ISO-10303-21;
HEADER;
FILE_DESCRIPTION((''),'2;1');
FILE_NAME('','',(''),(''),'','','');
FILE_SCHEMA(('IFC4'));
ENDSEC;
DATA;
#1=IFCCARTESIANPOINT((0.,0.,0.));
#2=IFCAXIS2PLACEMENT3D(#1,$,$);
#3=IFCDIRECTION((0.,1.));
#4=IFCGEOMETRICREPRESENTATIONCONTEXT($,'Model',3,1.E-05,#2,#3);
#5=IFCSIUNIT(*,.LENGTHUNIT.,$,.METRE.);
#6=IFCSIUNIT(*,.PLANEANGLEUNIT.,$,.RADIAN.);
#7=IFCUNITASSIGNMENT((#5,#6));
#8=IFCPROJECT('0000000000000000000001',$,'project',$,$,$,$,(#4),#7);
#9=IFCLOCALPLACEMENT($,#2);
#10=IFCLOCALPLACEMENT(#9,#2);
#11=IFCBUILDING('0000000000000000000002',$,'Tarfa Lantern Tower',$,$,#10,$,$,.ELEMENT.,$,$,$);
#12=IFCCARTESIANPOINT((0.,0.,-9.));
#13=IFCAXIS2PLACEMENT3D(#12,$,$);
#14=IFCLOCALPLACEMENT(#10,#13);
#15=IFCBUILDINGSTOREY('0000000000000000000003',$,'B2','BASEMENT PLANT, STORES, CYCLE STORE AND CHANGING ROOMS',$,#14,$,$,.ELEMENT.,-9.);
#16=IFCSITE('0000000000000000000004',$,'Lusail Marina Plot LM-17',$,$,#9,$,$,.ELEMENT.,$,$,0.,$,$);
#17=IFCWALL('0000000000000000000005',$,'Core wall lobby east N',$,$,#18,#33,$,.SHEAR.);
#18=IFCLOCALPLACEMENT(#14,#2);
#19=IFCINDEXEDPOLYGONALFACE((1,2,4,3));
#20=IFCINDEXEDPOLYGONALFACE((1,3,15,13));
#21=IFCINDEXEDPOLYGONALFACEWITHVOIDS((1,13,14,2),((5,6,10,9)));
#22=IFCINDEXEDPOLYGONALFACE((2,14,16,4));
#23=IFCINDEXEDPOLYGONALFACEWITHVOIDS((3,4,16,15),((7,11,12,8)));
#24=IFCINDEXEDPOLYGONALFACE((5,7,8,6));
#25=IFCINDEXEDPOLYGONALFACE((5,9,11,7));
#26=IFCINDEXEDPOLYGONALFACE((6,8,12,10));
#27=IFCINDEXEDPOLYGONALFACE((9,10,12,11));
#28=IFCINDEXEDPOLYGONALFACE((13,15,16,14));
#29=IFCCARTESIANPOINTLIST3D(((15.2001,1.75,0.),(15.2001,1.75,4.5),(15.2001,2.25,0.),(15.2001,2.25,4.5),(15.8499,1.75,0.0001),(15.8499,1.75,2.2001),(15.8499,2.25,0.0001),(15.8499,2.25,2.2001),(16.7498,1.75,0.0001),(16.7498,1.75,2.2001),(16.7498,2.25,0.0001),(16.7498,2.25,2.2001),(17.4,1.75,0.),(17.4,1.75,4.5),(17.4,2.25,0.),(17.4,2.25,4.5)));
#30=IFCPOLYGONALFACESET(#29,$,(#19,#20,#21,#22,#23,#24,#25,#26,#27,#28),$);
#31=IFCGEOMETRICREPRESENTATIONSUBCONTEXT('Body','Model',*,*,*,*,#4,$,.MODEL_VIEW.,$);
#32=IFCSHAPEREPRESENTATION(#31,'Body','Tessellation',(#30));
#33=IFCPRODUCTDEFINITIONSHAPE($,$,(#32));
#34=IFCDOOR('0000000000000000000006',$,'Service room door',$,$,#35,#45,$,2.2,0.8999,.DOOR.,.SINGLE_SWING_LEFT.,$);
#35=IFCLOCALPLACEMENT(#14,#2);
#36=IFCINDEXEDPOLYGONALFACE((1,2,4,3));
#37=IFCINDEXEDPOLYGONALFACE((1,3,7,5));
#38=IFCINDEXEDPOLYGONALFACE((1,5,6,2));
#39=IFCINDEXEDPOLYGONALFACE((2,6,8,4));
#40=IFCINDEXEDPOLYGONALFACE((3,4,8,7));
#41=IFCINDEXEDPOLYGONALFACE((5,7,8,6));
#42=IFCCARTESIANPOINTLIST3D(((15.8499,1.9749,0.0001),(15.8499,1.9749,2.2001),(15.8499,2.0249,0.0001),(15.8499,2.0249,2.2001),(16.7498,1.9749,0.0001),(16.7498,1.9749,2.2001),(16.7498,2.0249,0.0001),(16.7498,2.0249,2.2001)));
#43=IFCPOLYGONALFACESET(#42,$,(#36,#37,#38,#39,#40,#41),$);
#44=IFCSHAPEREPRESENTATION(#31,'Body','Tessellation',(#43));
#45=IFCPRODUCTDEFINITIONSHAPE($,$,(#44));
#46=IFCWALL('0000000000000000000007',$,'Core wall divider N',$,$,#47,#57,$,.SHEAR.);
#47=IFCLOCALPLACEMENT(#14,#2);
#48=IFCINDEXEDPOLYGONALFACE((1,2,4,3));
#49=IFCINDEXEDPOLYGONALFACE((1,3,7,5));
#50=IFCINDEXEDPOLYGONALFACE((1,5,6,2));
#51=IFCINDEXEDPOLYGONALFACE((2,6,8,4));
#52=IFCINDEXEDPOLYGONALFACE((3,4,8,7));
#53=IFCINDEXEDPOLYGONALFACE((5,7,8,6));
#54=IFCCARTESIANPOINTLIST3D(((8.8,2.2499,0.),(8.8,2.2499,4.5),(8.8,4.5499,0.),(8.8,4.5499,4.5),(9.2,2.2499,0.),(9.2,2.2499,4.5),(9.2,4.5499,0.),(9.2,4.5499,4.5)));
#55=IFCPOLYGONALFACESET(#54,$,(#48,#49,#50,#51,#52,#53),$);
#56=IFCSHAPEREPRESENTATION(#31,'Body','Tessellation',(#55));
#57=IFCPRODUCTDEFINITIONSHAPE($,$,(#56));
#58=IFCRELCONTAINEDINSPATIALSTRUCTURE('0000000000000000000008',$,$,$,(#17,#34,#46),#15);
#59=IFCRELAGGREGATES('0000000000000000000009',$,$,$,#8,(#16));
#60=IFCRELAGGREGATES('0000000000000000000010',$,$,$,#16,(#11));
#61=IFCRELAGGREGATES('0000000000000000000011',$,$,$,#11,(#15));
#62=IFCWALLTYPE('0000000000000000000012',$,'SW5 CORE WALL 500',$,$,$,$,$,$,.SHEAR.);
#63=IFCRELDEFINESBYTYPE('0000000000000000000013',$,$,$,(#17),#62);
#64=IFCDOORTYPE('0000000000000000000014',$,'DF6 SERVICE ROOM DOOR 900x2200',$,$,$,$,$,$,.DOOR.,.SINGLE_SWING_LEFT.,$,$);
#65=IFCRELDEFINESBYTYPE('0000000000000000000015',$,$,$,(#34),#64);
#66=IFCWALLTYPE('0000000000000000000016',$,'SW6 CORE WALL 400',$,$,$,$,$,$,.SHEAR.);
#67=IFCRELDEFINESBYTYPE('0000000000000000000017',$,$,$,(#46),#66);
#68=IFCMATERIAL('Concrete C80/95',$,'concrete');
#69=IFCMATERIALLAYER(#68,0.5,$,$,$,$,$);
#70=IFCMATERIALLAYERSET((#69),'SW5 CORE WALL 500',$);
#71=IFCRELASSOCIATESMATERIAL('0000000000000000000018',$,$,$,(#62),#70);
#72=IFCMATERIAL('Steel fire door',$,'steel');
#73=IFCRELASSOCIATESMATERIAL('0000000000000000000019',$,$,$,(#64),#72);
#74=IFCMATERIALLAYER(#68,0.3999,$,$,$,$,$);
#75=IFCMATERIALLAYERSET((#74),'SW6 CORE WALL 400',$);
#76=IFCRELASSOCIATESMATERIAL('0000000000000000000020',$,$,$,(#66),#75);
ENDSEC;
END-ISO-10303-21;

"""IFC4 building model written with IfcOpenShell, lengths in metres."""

from ifc_helpers import new_model, si_unit, direction, frame, frame_2d, origin, place, context, subcontext, project, spatial, rectangle, extrude, material, layer, layer_set, type_object, element, fill, save


model = new_model("IFC4")

# Units and contexts
model_context = context("Model", 3, precision=1e-05, world=origin(), true_north=direction((0.0, 1.0)))
body_context = subcontext(model_context, "Body", "Model", "MODEL_VIEW")
ifc_project = project(units=[si_unit("LENGTHUNIT", "METRE"), si_unit("PLANEANGLEUNIT", "RADIAN")], contexts=[model_context])

# Site, building, storey
site_placement = place(None, origin())
site = spatial("IfcSite", under=ifc_project, at=site_placement, Name="Lusail Marina Plot LM-17", CompositionType="ELEMENT", RefElevation=0.0)
building_placement = place(site_placement, origin())
building = spatial("IfcBuilding", under=site, at=building_placement, Name="Tarfa Lantern Tower", CompositionType="ELEMENT")
storey_placement = place(building_placement, frame((0.0, 0.0, -9.0)))
storey = spatial("IfcBuildingStorey", under=building, at=storey_placement, Name="B2", Description="BASEMENT PLANT, STORES, CYCLE STORE AND CHANGING ROOMS", CompositionType="ELEMENT", Elevation=-9.0)

# Wall, opening, door
ifc_material_1 = material(Name="Concrete C80/95", Category="concrete")
ifc_layer_1 = layer(ifc_material_1, 0.5)
ifc_layer_set_1 = layer_set([ifc_layer_1], Name="SW5 CORE WALL 500")
wall_type_1 = type_object("IfcWallType", Name="SW5 CORE WALL 500", PredefinedType="SHEAR", material=ifc_layer_set_1)
ifc_material_2 = material(Name="Steel fire door", Category="steel")
door_type = type_object("IfcDoorType", Name="DF6 SERVICE ROOM DOOR 900x2200", OperationType="SINGLE_SWING_LEFT", PredefinedType="DOOR", material=ifc_material_2)
wall_1_placement = place(storey_placement, frame((15.2, 2.0, 0.0), z_axis=(0.0, 0.0, 1.0), x_axis=(1.0, 0.0, 0.0)))
wall_1 = element("IfcWall", 1, at=wall_1_placement, inside=storey, type_object=wall_type_1, Name="Core wall lobby east N", PredefinedType="SHEAR", context=body_context, shape_type="SweptSolid", body=[
    extrude(rectangle(XDim=2.2, YDim=0.5, at=frame_2d((1.1001, 0.0))), origin(), (0.0, 0.0, 1.0), 4.5),
])
opening_1_placement = place(wall_1_placement, frame((0.6499, 0.0, 0.0)))
opening_1 = element("IfcOpeningElement", 2, at=opening_1_placement, cuts=wall_1, PredefinedType="OPENING", context=body_context, shape_type="SweptSolid", body=[
    extrude(rectangle(XDim=0.8999, YDim=2.2, at=frame_2d((0.45, 1.1001))), frame((0.0, 0.26, 0.0), z_axis=(0.0, -1.0, 0.0), x_axis=(1.0, 0.0, 0.0)), (0.0, 0.0, 1.0), 0.52),
])
door_1_placement = place(opening_1_placement, origin())
door_1 = element("IfcDoor", 3, at=door_1_placement, inside=storey, type_object=door_type, Name="Service room door", OperationType="SINGLE_SWING_LEFT", OverallHeight=2.2, OverallWidth=0.8999, PredefinedType="DOOR", context=body_context, shape_type="SweptSolid", body=[
    extrude(rectangle(XDim=0.8999, YDim=2.2, at=frame_2d((0.45, 1.1001))), frame((0.0, 0.0249, 0.0), z_axis=(0.0, -1.0, 0.0), x_axis=(1.0, 0.0, 0.0)), (0.0, 0.0, 1.0), 0.05),
])
fill(opening_1, door_1)

# Wall
ifc_layer_2 = layer(ifc_material_1, 0.3999)
ifc_layer_set_2 = layer_set([ifc_layer_2], Name="SW6 CORE WALL 400")
wall_type_2 = type_object("IfcWallType", Name="SW6 CORE WALL 400", PredefinedType="SHEAR", material=ifc_layer_set_2)
wall_2_placement = place(storey_placement, frame((9.0, 2.25, 0.0), z_axis=(0.0, 0.0, 1.0), x_axis=(0.0, 1.0, 0.0)))
element("IfcWall", 4, at=wall_2_placement, inside=storey, type_object=wall_type_2, Name="Core wall divider N", PredefinedType="SHEAR", context=body_context, shape_type="SweptSolid", body=[
    extrude(rectangle(XDim=2.3, YDim=0.3999, at=frame_2d((1.1499, 0.0))), origin(), (0.0, 0.0, 1.0), 4.5),
])

save(model, "model.ifc")
